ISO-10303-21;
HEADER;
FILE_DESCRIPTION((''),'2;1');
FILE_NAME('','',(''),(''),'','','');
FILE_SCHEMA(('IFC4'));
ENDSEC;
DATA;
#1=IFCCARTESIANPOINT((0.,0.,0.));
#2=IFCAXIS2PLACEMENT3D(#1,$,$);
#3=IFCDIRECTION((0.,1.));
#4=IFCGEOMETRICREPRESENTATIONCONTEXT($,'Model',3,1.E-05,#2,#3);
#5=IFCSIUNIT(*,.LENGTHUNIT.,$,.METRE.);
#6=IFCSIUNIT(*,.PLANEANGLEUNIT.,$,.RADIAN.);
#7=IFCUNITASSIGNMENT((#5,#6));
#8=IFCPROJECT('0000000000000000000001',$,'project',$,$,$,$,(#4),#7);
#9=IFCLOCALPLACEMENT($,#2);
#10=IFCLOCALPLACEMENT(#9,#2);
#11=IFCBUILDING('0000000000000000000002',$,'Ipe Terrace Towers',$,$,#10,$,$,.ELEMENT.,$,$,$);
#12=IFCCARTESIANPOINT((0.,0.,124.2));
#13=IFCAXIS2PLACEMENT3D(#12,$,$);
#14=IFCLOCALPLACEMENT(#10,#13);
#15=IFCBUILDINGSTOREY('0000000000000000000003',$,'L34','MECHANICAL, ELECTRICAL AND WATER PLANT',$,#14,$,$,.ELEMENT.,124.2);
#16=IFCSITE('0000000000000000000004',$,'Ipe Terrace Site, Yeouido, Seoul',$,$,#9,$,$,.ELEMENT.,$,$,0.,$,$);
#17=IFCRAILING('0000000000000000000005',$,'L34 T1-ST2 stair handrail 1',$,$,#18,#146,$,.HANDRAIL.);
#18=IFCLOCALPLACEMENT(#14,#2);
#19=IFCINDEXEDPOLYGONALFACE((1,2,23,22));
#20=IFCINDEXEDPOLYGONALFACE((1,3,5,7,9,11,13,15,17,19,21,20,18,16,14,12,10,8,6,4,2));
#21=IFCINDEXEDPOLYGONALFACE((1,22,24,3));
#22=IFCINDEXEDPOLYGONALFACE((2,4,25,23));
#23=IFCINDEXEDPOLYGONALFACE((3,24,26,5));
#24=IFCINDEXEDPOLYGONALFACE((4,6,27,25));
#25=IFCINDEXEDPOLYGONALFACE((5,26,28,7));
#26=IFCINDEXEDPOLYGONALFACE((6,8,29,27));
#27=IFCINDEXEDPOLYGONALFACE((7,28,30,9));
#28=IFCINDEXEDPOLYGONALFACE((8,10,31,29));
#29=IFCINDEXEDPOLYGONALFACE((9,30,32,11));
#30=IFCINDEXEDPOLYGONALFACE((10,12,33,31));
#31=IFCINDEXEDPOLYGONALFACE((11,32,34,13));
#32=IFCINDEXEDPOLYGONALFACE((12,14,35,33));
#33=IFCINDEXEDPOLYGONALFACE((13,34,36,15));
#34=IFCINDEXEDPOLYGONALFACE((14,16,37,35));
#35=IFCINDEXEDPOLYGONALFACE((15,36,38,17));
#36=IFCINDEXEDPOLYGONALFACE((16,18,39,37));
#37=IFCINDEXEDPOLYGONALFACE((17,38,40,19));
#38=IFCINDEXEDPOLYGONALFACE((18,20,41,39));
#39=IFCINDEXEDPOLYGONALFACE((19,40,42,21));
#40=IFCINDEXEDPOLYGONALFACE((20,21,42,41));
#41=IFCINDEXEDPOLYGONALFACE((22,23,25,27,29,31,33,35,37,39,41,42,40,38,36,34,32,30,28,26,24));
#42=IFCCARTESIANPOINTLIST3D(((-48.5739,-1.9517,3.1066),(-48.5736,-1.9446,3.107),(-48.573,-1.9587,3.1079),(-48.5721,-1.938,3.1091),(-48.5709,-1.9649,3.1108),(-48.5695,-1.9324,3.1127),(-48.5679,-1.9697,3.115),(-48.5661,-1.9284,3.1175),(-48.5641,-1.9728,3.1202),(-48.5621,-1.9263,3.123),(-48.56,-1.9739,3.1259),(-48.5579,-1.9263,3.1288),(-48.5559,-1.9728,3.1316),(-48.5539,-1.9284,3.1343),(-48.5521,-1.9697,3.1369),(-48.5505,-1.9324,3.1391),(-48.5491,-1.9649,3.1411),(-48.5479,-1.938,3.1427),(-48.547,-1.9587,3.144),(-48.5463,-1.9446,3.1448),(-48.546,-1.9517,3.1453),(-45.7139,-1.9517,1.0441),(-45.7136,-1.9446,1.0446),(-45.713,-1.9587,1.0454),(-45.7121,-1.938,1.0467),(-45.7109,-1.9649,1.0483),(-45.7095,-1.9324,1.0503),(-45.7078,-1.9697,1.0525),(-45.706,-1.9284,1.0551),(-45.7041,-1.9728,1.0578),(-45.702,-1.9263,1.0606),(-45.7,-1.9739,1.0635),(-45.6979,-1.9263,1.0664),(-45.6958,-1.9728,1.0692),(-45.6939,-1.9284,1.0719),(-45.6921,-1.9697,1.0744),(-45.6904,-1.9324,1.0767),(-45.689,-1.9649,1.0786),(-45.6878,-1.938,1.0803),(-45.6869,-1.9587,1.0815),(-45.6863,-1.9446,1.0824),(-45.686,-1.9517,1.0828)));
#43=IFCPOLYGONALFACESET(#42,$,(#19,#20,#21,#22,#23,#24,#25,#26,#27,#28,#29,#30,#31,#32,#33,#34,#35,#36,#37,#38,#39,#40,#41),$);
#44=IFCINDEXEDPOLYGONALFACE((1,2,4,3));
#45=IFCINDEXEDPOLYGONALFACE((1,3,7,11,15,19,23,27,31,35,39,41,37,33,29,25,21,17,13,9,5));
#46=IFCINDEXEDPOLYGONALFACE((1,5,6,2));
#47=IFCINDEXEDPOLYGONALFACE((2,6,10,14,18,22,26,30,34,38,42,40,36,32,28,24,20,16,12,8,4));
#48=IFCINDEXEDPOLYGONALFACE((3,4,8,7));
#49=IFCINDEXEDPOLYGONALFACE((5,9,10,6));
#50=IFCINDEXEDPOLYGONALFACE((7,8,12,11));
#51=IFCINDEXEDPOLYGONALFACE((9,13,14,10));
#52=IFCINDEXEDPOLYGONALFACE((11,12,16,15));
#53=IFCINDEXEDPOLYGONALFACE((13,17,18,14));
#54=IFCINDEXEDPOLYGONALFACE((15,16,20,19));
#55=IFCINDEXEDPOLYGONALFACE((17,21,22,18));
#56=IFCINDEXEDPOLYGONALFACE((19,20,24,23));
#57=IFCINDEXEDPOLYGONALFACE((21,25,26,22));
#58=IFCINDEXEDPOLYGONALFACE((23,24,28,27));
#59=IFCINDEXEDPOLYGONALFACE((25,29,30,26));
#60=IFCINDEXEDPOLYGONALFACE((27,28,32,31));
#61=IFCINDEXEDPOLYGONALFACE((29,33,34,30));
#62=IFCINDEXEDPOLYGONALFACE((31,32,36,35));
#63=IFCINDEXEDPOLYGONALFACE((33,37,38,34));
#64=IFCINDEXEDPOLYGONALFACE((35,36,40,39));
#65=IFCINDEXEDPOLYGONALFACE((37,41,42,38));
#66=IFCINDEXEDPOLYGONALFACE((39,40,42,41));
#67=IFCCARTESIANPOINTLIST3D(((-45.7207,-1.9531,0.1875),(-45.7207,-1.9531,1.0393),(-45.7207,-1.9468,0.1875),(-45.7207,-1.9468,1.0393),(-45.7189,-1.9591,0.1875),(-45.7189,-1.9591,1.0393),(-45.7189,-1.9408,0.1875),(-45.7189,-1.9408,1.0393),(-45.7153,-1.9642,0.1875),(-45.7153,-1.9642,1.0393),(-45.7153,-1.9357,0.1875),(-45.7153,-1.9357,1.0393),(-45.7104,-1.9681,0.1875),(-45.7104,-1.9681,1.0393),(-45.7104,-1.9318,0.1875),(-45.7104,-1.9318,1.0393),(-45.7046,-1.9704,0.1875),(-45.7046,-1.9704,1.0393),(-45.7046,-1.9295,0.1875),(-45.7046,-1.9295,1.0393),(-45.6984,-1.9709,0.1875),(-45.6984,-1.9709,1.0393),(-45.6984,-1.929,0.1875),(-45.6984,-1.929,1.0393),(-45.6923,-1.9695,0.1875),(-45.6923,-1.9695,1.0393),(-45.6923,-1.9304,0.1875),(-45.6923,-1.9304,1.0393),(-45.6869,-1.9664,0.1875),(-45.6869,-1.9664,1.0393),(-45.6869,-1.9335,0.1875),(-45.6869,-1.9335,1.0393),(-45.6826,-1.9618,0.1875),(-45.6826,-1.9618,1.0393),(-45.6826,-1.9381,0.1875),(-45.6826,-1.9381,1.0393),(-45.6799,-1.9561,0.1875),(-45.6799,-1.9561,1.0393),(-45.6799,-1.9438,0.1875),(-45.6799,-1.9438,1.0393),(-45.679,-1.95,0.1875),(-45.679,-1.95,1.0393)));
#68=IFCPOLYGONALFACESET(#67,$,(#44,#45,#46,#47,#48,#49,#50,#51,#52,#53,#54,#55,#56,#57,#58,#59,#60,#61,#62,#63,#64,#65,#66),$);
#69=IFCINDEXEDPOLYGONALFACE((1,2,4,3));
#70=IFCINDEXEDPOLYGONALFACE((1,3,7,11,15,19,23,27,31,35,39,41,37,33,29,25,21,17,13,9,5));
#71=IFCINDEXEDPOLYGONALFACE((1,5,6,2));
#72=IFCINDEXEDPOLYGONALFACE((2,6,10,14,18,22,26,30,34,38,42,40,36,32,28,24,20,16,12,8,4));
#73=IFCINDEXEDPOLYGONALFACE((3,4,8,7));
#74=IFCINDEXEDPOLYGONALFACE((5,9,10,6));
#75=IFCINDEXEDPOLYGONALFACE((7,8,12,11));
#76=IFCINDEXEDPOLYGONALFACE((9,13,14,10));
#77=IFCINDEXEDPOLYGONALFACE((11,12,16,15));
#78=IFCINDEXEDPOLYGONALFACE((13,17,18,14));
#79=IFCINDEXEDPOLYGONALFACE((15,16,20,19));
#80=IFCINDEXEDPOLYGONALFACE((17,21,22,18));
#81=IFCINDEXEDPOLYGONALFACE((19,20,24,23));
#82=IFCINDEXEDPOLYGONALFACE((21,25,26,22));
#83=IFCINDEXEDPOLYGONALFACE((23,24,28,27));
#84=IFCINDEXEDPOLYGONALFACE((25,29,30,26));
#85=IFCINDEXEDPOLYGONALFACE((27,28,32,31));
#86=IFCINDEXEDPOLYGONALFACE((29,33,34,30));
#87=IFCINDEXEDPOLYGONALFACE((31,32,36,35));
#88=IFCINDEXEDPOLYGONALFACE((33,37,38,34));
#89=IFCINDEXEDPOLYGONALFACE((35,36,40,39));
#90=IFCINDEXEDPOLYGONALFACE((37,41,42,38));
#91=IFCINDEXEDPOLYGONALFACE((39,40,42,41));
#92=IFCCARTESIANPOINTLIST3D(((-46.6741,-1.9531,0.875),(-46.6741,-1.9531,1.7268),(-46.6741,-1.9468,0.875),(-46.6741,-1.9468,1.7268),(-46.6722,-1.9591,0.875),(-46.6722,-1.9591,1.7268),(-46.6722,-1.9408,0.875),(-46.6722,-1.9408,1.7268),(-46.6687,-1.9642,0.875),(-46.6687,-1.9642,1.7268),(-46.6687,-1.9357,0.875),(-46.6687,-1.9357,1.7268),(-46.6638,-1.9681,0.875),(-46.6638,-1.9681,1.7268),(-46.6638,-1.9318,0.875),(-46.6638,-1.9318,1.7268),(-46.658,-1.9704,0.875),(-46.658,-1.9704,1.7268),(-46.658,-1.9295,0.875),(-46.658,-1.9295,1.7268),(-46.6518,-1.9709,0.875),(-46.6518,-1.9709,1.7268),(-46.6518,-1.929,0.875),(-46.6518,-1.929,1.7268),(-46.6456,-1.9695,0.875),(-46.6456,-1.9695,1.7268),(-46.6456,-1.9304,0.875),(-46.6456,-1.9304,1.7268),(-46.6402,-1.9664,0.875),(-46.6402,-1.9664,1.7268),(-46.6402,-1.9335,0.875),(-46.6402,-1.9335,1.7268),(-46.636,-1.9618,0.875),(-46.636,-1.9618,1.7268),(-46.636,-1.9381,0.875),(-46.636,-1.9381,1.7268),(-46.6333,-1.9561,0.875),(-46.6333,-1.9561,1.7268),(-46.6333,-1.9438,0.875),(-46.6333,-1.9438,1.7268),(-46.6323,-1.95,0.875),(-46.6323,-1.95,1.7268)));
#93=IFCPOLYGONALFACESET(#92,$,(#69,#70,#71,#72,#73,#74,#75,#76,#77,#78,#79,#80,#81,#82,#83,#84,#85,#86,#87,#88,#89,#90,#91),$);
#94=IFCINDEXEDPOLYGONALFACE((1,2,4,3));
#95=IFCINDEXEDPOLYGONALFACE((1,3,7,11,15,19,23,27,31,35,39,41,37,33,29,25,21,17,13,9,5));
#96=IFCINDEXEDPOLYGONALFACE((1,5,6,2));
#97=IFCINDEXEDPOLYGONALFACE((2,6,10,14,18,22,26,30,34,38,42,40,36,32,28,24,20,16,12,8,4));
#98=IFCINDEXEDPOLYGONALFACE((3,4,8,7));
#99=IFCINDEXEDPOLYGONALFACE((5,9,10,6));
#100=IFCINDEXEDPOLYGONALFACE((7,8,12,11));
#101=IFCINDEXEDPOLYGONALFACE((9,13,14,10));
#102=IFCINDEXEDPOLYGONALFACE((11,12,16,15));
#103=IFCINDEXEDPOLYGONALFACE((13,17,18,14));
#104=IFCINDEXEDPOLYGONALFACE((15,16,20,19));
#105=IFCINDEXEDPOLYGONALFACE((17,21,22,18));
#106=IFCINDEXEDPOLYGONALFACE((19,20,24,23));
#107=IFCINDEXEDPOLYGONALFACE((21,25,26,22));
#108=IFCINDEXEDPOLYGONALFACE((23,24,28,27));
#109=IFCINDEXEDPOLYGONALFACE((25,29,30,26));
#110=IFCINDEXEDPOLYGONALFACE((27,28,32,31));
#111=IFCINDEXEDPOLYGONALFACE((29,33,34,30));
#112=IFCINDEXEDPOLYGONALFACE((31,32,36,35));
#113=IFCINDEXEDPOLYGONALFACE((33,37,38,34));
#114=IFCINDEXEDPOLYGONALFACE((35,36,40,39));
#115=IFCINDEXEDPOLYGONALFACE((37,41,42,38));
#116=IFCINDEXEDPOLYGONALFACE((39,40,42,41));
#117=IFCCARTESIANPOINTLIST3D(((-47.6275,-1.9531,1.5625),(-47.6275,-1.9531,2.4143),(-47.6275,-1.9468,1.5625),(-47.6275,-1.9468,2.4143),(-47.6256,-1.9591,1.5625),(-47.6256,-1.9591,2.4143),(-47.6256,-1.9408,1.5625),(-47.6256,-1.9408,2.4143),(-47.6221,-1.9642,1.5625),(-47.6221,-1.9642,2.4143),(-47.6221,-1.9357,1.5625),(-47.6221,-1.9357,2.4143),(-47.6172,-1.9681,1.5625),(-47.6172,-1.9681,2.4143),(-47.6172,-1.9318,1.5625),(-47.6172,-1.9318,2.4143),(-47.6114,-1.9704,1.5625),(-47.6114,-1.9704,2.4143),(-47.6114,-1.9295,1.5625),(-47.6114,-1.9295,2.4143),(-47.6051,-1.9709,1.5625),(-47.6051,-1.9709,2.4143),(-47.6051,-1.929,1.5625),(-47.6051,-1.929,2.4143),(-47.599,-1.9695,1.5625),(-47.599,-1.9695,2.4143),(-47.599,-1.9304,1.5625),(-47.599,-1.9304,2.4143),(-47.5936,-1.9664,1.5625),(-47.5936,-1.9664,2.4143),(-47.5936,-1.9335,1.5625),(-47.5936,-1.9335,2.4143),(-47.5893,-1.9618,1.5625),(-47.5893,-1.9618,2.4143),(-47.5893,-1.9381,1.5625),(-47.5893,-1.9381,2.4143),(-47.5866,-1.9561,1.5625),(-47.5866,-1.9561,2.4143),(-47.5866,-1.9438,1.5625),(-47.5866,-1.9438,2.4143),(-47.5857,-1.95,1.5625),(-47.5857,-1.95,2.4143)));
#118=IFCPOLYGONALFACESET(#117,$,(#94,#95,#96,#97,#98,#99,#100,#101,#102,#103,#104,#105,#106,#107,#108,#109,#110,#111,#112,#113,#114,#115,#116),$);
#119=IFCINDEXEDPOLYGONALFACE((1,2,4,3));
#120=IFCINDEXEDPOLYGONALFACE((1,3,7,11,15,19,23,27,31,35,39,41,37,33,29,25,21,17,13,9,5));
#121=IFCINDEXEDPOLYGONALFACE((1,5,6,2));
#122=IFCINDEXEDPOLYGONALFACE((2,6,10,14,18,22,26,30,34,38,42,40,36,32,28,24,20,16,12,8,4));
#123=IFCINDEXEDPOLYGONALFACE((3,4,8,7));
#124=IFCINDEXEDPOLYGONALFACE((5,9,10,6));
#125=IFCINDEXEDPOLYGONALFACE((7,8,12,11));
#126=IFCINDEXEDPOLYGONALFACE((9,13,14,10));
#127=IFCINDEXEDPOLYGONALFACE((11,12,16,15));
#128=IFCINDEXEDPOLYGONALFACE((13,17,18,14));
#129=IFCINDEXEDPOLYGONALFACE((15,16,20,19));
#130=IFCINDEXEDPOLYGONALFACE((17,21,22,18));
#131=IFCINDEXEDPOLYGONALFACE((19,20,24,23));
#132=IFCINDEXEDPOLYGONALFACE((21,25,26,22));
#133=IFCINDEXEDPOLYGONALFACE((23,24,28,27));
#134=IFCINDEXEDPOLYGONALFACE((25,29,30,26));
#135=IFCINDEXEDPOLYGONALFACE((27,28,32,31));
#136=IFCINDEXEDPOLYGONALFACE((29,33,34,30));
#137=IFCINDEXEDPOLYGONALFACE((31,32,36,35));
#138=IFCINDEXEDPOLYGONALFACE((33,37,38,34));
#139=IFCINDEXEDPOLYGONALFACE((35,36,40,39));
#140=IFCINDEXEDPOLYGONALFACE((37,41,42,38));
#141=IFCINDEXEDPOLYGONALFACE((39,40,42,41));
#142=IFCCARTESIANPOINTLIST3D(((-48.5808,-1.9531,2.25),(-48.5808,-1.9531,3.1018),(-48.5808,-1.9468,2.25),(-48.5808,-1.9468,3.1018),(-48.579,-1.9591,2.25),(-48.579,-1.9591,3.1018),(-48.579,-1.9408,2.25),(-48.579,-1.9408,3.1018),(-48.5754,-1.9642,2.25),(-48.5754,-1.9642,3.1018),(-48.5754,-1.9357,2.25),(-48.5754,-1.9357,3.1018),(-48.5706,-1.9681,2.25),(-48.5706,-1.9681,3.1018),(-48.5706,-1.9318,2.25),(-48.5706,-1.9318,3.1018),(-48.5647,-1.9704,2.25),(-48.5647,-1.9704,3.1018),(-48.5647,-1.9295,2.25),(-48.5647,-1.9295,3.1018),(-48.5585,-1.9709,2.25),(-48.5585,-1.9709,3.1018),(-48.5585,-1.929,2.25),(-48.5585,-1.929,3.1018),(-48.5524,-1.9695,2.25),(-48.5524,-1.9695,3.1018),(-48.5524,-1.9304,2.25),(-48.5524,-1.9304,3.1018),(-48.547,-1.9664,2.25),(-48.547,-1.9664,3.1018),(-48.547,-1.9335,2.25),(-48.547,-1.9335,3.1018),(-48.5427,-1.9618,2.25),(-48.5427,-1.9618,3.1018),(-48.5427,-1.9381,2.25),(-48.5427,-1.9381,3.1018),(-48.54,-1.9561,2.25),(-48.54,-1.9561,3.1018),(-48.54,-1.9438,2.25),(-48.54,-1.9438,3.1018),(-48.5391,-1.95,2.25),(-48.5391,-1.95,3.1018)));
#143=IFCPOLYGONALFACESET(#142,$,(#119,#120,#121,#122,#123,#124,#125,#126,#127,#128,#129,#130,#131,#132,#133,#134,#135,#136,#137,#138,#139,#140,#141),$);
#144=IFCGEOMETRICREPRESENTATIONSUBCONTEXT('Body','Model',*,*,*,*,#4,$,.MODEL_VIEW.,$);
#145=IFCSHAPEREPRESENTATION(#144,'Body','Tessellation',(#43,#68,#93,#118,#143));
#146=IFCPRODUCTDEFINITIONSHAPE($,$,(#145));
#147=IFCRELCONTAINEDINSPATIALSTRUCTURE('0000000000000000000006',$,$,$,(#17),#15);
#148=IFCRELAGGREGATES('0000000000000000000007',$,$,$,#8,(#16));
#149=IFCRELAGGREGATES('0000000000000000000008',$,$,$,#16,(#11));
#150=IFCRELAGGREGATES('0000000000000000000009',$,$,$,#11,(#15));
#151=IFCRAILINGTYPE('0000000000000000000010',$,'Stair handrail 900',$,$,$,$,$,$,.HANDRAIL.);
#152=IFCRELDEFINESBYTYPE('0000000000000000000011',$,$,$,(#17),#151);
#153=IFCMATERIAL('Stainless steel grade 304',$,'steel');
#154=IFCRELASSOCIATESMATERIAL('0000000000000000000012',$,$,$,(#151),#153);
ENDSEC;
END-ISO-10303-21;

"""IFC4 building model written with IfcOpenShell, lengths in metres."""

from ifc_helpers import new_model, si_unit, direction, frame, origin, origin_2d, place, context, subcontext, project, spatial, circle, extrude, material, type_object, element, save


model = new_model("IFC4")

# Units and contexts
model_context = context("Model", 3, precision=1e-05, world=origin(), true_north=direction((0.0, 1.0)))
body_context = subcontext(model_context, "Body", "Model", "MODEL_VIEW")
ifc_project = project(units=[si_unit("LENGTHUNIT", "METRE"), si_unit("PLANEANGLEUNIT", "RADIAN")], contexts=[model_context])

# Site, building, storey
site_placement = place(None, origin())
site = spatial("IfcSite", under=ifc_project, at=site_placement, Name="Ipe Terrace Site, Yeouido, Seoul", CompositionType="ELEMENT", RefElevation=0.0)
building_placement = place(site_placement, origin())
building = spatial("IfcBuilding", under=site, at=building_placement, Name="Ipe Terrace Towers", CompositionType="ELEMENT")
storey_placement = place(building_placement, frame((0.0, 0.0, 124.2)))
storey = spatial("IfcBuildingStorey", under=building, at=storey_placement, Name="L34", Description="MECHANICAL, ELECTRICAL AND WATER PLANT", CompositionType="ELEMENT", Elevation=124.2)

# Railing
ifc_material_1 = material(Name="Stainless steel grade 304", Category="steel")
railing_type_1 = type_object("IfcRailingType", Name="Stair handrail 900", PredefinedType="HANDRAIL", material=ifc_material_1)
railing_1_placement = place(storey_placement, frame((-45.7, -1.95, 0.1875)))
element("IfcRailing", 1, at=railing_1_placement, inside=storey, type_object=railing_type_1, Name="L34 T1-ST2 stair handrail 1", PredefinedType="HANDRAIL", context=body_context, shape_type="SweptSolid", body=[
    extrude(circle(Radius=0.0239, at=origin_2d()), frame((0.0, 0.0, 0.876), z_axis=(-0.811101, 0.0, 0.584906), x_axis=(0.0, -1.0, 0.0)), (0.0, 0.0, 1.0), 3.5261),
    extrude(circle(Radius=0.021, at=origin_2d()), origin(), (0.0, 0.0, 1.0), 0.8518),
    extrude(circle(Radius=0.021, at=origin_2d()), frame((-0.9534, 0.0, 0.6875)), (0.0, 0.0, 1.0), 0.8518),
    extrude(circle(Radius=0.021, at=origin_2d()), frame((-1.9067, 0.0, 1.375)), (0.0, 0.0, 1.0), 0.8518),
    extrude(circle(Radius=0.021, at=origin_2d()), frame((-2.8601, 0.0, 2.0625)), (0.0, 0.0, 1.0), 0.8518),
])

save(model, "model.ifc")
